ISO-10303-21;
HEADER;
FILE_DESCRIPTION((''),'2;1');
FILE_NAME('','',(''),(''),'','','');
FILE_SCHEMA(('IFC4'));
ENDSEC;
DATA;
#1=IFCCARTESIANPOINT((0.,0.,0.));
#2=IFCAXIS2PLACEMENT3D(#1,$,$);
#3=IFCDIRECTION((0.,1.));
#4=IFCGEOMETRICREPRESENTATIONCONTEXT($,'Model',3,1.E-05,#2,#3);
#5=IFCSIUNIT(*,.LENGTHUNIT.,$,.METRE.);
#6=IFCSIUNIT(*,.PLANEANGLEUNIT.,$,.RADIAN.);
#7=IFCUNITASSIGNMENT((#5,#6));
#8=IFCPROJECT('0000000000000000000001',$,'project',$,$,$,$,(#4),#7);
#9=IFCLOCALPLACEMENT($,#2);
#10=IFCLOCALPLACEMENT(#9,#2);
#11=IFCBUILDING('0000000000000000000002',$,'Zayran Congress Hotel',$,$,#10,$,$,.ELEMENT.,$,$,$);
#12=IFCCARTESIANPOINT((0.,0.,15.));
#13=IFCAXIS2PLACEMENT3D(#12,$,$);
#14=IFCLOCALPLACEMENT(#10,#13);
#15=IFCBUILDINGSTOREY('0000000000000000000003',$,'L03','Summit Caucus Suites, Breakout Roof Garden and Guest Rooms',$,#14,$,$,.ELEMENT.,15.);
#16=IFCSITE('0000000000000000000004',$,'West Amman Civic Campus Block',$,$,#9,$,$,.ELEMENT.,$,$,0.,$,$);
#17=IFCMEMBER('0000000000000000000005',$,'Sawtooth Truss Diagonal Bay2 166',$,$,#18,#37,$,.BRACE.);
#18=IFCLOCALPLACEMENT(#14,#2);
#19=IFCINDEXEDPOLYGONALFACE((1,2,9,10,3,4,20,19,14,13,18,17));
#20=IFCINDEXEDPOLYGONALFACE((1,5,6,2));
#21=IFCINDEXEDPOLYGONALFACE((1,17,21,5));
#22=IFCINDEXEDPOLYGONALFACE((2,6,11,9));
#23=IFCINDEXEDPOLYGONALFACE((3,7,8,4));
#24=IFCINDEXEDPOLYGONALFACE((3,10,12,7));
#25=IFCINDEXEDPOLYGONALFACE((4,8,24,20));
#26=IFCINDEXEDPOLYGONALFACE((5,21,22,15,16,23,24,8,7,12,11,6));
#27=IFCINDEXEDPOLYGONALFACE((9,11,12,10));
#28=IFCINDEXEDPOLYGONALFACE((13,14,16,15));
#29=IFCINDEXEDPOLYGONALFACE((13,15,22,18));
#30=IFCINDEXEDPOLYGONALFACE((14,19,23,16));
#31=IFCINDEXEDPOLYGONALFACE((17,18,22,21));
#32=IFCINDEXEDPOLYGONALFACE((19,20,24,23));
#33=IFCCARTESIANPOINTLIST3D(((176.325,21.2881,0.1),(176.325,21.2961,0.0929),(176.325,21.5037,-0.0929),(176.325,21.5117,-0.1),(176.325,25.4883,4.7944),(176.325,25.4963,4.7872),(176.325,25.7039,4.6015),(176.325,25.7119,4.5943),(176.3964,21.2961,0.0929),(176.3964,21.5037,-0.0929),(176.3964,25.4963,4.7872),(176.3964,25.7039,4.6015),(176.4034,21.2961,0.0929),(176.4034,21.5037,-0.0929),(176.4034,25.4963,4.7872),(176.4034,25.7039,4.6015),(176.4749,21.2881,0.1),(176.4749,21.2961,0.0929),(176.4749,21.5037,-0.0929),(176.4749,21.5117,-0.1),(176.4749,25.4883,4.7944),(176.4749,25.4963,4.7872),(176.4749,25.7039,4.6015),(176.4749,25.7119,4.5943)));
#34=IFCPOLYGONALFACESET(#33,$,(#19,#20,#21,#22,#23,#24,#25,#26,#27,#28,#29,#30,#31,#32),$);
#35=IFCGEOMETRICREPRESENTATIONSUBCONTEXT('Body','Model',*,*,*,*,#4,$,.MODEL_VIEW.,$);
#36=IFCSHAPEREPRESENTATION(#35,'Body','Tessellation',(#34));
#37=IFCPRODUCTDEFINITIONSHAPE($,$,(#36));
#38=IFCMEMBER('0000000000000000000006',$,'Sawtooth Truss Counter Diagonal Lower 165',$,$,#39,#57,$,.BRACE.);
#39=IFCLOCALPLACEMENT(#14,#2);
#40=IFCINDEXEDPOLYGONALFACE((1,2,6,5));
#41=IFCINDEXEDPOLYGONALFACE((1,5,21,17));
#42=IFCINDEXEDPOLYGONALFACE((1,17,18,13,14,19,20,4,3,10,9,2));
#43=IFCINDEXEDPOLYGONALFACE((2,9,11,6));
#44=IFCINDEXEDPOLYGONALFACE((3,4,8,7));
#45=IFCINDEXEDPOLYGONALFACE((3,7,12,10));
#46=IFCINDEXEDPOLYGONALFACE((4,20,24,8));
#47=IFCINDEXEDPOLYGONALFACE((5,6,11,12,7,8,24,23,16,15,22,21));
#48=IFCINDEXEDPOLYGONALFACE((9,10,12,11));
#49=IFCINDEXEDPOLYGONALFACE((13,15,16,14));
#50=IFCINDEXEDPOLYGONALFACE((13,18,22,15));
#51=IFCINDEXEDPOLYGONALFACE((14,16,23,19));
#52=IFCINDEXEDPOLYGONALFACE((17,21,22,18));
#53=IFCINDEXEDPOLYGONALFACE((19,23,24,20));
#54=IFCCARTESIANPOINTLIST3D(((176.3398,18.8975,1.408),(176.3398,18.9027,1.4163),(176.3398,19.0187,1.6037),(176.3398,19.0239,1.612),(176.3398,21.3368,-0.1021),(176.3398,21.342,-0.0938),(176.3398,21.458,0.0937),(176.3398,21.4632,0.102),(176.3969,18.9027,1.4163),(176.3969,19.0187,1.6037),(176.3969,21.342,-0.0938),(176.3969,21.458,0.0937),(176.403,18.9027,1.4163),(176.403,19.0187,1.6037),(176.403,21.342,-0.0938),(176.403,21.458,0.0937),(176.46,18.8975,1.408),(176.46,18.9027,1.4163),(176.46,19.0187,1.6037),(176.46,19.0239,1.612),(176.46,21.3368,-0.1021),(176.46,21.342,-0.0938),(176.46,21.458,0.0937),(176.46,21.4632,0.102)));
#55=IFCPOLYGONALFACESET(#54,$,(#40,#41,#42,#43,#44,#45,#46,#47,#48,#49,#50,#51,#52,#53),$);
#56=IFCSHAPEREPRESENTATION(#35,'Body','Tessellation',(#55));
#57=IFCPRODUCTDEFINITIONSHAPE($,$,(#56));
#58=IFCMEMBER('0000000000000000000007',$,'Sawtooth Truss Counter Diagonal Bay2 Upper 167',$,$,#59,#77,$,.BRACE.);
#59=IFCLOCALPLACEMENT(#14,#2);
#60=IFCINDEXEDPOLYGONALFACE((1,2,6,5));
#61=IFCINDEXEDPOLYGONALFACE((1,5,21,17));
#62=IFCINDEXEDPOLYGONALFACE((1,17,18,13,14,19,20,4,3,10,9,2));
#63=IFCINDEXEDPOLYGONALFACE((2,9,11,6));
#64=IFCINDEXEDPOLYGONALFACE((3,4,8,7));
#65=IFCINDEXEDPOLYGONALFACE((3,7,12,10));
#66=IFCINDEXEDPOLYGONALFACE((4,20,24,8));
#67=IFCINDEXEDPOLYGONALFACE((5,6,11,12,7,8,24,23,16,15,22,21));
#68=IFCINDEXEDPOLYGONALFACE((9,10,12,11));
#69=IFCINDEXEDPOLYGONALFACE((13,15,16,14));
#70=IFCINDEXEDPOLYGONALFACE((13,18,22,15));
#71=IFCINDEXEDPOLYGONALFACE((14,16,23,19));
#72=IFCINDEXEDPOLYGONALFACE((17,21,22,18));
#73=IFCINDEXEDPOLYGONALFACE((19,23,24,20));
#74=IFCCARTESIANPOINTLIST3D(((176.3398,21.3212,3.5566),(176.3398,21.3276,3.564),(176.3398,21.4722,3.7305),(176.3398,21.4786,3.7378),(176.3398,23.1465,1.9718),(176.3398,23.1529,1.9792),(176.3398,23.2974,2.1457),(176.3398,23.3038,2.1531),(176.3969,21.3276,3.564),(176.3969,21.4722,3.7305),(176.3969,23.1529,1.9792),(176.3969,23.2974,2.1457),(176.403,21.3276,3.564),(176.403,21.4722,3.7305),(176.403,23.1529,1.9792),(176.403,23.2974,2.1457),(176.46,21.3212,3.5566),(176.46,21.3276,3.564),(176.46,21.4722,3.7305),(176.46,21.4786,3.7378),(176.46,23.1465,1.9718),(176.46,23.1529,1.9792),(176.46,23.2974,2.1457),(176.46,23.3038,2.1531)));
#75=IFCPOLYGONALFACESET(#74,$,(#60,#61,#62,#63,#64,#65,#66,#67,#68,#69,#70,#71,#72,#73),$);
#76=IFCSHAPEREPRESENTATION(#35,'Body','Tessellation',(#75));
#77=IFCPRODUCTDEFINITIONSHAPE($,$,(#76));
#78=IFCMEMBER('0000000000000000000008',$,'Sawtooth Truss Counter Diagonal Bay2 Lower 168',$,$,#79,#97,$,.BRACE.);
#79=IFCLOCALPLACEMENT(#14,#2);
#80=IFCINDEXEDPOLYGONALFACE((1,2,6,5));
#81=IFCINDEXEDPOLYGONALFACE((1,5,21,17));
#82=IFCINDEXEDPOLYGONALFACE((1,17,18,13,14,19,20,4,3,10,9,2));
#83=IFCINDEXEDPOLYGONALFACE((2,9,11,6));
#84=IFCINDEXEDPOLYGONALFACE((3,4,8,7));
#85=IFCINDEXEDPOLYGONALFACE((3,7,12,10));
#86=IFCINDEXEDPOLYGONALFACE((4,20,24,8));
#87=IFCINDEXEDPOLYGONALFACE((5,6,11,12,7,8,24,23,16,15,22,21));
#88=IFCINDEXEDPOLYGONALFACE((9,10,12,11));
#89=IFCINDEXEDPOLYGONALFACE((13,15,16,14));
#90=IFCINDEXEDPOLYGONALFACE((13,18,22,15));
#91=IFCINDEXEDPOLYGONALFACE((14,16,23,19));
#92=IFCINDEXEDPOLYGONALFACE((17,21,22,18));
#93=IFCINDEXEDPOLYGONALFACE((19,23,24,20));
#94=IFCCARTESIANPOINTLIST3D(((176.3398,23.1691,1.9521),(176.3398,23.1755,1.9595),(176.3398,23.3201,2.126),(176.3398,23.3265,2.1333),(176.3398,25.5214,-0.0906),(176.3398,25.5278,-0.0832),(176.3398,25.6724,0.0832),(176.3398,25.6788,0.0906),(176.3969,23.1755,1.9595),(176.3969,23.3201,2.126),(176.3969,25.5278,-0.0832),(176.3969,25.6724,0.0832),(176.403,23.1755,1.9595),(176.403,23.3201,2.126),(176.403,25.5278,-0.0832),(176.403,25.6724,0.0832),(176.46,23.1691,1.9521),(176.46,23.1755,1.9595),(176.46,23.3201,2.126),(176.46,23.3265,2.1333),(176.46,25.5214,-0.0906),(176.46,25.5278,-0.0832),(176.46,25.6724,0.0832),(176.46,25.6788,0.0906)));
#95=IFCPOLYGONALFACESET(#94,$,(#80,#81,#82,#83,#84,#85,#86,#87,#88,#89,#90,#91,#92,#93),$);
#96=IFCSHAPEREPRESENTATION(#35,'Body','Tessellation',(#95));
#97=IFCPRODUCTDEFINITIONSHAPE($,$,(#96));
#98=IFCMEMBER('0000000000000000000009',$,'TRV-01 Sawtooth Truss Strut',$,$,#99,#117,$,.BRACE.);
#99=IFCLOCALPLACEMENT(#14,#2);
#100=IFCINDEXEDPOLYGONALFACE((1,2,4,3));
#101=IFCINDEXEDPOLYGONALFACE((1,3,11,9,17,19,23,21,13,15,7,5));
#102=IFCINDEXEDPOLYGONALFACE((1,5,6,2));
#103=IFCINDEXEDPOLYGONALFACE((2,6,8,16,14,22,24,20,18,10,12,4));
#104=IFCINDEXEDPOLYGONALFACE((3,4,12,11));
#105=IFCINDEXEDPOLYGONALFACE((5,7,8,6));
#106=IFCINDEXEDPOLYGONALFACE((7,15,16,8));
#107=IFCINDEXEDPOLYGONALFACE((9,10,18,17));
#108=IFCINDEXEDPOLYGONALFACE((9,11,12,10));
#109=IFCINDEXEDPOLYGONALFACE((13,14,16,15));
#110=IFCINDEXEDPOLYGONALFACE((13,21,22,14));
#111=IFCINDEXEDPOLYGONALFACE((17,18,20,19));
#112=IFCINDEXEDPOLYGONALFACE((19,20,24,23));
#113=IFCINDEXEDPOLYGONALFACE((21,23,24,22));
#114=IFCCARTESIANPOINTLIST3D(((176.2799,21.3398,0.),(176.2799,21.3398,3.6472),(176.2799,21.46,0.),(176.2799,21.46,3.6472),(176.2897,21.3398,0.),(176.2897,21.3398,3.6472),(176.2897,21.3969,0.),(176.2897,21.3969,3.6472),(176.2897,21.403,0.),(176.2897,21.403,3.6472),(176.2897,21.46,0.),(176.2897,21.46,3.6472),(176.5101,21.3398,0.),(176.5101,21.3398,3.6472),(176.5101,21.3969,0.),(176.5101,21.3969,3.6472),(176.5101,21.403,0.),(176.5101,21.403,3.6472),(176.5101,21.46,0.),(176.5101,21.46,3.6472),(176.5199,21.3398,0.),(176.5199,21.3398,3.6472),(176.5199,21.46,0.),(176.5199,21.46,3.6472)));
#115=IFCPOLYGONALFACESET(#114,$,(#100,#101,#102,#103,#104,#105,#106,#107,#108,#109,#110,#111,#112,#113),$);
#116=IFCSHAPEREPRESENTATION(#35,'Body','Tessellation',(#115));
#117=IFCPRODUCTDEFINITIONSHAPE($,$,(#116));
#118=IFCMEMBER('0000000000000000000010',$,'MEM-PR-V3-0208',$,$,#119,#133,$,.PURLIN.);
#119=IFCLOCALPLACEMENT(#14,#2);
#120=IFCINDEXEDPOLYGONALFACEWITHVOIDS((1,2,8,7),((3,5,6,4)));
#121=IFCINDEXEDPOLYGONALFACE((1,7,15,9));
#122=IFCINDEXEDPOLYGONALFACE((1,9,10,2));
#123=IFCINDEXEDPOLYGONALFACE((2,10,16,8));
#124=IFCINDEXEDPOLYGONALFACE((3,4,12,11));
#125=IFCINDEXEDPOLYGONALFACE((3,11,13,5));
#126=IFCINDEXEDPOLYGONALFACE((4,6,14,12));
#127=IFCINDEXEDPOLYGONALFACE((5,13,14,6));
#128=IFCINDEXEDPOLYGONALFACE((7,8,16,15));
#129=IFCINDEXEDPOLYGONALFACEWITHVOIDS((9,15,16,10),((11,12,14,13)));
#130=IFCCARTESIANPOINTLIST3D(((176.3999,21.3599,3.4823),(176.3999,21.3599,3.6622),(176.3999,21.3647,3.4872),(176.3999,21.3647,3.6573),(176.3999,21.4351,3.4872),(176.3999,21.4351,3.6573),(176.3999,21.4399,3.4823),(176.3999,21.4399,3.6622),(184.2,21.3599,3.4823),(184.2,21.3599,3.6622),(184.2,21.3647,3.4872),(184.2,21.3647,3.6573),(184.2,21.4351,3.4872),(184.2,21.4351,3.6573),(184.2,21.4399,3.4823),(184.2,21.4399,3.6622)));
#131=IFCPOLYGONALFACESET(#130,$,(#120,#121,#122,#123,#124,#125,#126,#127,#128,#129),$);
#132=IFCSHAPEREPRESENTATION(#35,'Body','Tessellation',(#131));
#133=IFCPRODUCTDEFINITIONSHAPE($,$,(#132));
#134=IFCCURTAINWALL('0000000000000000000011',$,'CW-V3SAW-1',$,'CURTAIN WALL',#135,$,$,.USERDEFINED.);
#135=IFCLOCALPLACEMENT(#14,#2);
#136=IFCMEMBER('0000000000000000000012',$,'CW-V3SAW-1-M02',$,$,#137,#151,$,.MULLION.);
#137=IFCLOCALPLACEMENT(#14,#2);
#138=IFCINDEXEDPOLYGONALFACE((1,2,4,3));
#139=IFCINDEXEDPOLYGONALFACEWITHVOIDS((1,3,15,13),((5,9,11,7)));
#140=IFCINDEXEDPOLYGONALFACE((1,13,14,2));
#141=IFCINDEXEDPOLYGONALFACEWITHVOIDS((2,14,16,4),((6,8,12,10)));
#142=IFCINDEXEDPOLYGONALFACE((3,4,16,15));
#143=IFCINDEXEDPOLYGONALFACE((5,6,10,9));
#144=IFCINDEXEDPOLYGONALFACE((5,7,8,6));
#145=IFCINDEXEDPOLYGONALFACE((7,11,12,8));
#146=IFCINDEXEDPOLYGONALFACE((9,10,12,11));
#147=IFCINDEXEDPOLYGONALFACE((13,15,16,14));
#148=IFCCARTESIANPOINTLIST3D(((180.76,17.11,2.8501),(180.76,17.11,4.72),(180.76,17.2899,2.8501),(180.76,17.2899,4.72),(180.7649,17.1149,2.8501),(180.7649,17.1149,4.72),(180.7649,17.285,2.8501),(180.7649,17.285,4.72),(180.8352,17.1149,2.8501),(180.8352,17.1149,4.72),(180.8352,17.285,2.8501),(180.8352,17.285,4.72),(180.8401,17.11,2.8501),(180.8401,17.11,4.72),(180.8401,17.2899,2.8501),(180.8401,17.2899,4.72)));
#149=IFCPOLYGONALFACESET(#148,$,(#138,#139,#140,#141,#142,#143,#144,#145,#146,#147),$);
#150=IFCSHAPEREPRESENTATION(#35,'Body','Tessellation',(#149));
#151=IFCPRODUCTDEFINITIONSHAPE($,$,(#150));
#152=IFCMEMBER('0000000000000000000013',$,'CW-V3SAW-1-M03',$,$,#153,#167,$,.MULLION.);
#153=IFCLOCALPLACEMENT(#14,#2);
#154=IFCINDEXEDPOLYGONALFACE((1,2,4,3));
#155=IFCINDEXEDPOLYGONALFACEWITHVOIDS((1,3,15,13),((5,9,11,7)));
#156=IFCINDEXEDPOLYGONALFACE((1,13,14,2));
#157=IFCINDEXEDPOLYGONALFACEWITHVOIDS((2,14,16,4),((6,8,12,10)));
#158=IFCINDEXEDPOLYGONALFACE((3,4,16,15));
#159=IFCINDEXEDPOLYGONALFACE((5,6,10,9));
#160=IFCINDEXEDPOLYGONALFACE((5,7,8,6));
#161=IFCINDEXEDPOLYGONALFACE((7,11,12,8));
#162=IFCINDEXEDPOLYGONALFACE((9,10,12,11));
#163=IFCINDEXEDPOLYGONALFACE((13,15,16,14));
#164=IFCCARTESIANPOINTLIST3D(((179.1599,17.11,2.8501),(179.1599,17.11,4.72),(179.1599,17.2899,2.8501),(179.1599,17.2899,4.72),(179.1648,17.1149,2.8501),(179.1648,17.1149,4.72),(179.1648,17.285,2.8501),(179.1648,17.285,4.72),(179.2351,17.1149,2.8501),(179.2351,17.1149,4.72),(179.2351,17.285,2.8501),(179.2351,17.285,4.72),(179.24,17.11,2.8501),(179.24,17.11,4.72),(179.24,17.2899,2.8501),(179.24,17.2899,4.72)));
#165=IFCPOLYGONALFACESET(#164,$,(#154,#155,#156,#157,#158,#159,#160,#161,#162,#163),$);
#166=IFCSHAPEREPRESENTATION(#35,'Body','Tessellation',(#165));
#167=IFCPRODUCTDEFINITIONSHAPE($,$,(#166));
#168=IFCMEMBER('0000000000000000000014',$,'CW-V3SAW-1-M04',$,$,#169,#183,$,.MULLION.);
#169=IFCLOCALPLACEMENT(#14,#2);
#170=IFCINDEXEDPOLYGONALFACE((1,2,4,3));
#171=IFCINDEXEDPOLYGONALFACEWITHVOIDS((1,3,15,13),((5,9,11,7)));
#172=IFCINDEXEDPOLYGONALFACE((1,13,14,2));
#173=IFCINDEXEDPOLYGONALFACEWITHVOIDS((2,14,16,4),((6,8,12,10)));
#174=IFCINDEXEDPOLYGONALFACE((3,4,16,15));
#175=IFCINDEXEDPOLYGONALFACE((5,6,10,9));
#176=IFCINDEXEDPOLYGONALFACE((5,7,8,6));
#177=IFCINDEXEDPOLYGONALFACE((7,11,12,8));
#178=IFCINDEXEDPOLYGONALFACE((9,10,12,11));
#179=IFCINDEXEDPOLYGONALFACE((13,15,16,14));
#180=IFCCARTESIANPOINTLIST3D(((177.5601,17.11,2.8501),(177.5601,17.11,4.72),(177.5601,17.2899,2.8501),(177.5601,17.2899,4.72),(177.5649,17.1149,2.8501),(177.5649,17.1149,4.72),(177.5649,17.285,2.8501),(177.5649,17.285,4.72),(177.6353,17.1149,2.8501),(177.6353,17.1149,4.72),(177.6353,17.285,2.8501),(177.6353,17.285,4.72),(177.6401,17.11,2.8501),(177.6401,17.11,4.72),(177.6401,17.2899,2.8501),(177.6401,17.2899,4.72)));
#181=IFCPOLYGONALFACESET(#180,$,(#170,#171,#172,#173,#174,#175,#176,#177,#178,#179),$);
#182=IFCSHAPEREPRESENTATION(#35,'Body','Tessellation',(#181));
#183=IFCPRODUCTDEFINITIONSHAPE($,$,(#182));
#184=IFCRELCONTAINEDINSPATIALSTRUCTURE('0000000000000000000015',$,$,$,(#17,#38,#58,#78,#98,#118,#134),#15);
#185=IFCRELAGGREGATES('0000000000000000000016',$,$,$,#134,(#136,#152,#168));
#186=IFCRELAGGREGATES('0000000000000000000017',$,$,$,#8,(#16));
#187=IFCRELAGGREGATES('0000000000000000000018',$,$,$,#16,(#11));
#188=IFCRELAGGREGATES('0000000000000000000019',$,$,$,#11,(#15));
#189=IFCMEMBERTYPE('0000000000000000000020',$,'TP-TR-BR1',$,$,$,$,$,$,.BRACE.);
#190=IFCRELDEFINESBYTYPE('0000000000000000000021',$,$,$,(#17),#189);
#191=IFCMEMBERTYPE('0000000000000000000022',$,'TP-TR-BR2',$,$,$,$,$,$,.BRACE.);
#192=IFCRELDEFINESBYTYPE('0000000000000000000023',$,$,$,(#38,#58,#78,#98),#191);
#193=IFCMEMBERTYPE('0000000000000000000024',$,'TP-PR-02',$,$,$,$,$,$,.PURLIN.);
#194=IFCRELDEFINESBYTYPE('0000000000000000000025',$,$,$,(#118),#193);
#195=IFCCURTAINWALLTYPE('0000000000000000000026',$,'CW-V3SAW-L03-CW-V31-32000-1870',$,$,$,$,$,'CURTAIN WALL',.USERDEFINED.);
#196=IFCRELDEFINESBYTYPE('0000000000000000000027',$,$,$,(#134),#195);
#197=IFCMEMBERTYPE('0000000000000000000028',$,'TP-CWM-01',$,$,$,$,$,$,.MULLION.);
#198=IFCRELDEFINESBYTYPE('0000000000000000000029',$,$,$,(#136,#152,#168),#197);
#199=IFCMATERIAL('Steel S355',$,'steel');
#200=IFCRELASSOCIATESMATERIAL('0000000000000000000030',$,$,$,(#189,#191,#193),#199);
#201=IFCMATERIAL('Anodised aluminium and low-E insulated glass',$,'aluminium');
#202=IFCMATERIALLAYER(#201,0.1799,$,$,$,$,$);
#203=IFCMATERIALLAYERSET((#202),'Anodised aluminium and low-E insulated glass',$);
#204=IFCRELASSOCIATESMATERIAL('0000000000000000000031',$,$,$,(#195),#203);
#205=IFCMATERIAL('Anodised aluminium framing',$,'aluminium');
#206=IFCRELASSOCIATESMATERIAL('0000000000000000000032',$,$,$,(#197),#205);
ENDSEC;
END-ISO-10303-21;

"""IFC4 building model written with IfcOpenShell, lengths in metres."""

from ifc_helpers import new_model, si_unit, direction, frame, origin, origin_2d, place, context, subcontext, project, spatial, hollow_rectangle, i_section, extrude, material, layer, layer_set, material_profile, profile_set, type_object, element, aggregate, save


model = new_model("IFC4")

# Units and contexts
model_context = context("Model", 3, precision=1e-05, world=origin(), true_north=direction((0.0, 1.0)))
body_context = subcontext(model_context, "Body", "Model", "MODEL_VIEW")
ifc_project = project(units=[si_unit("LENGTHUNIT", "METRE"), si_unit("PLANEANGLEUNIT", "RADIAN")], contexts=[model_context])

# Site, building, storey
site_placement = place(None, origin())
site = spatial("IfcSite", under=ifc_project, at=site_placement, Name="West Amman Civic Campus Block", CompositionType="ELEMENT", RefElevation=0.0)
building_placement = place(site_placement, origin())
building = spatial("IfcBuilding", under=site, at=building_placement, Name="Zayran Congress Hotel", CompositionType="ELEMENT")
storey_placement = place(building_placement, frame((0.0, 0.0, 15.0)))
storey = spatial("IfcBuildingStorey", under=building, at=storey_placement, Name="L03", Description="Summit Caucus Suites, Breakout Roof Garden and Guest Rooms", CompositionType="ELEMENT", Elevation=15.0)

# Members
ifc_material_1 = material(Name="Steel S355", Category="steel")
ifc_material_profile_1 = material_profile(ifc_material_1, i_section(OverallWidth=0.1499, OverallDepth=0.3, WebThickness=0.0071, FlangeThickness=0.0107, at=origin_2d()), Name="IPE 300")
ifc_profile_set_1 = profile_set([ifc_material_profile_1], Name="Steel S355")
member_type_1 = type_object("IfcMemberType", Name="TP-TR-BR1", PredefinedType="BRACE", material=ifc_profile_set_1)
member_1_placement = place(storey_placement, frame((176.3999, 21.3999, 0.0), z_axis=(0.0, 0.666795, 0.745241), x_axis=(-1.0, 0.0, 0.0)))
element("IfcMember", 1, at=member_1_placement, inside=storey, type_object=member_type_1, Name="Sawtooth Truss Diagonal Bay2 166", PredefinedType="BRACE", context=body_context, shape_type="SweptSolid", body=[
    extrude(i_section(OverallWidth=0.1499, OverallDepth=0.3, WebThickness=0.0071, FlangeThickness=0.0107, at=origin_2d()), origin(), (0.0, 0.0, 1.0), 6.2991),
])
ifc_material_profile_2 = material_profile(ifc_material_1, i_section(OverallWidth=0.1201, OverallDepth=0.24, WebThickness=0.0061, FlangeThickness=0.0098, at=origin_2d()), Name="IPE 240")
ifc_profile_set_2 = profile_set([ifc_material_profile_2], Name="Steel S355")
member_type_2 = type_object("IfcMemberType", Name="TP-TR-BR2", PredefinedType="BRACE", material=ifc_profile_set_2)
member_2_placement = place(storey_placement, frame((176.3999, 18.9607, 1.51), z_axis=(0.0, 0.850262, -0.52636), x_axis=(-1.0, 0.0, 0.0)))
element("IfcMember", 2, at=member_2_placement, inside=storey, type_object=member_type_2, Name="Sawtooth Truss Counter Diagonal Lower 165", PredefinedType="BRACE", context=body_context, shape_type="SweptSolid", body=[
    extrude(i_section(OverallWidth=0.1201, OverallDepth=0.24, WebThickness=0.0061, FlangeThickness=0.0098, at=origin_2d()), origin(), (0.0, 0.0, 1.0), 2.8689),
])
member_3_placement = place(storey_placement, frame((176.3999, 21.3999, 3.6472), z_axis=(0.0, 0.755099, -0.655611), x_axis=(-1.0, 0.0, 0.0)))
element("IfcMember", 3, at=member_3_placement, inside=storey, type_object=member_type_2, Name="Sawtooth Truss Counter Diagonal Bay2 Upper 167", PredefinedType="BRACE", context=body_context, shape_type="SweptSolid", body=[
    extrude(i_section(OverallWidth=0.1201, OverallDepth=0.24, WebThickness=0.0061, FlangeThickness=0.0098, at=origin_2d()), origin(), (0.0, 0.0, 1.0), 2.4172),
])
member_4_placement = place(storey_placement, frame((176.3999, 23.2478, 2.0427), z_axis=(0.0, 0.755042, -0.655676), x_axis=(-1.0, 0.0, 0.0)))
element("IfcMember", 4, at=member_4_placement, inside=storey, type_object=member_type_2, Name="Sawtooth Truss Counter Diagonal Bay2 Lower 168", PredefinedType="BRACE", context=body_context, shape_type="SweptSolid", body=[
    extrude(i_section(OverallWidth=0.1201, OverallDepth=0.24, WebThickness=0.0061, FlangeThickness=0.0098, at=origin_2d()), origin(), (0.0, 0.0, 1.0), 3.1155),
])
member_5_placement = place(storey_placement, frame((176.3999, 21.3999, 0.0), z_axis=(0.0, 0.0, 1.0), x_axis=(0.0, 1.0, 0.0)))
element("IfcMember", 5, at=member_5_placement, inside=storey, type_object=member_type_2, Name="TRV-01 Sawtooth Truss Strut", PredefinedType="BRACE", context=body_context, shape_type="SweptSolid", body=[
    extrude(i_section(OverallWidth=0.1201, OverallDepth=0.24, WebThickness=0.0061, FlangeThickness=0.0098, at=origin_2d()), origin(), (0.0, 0.0, 1.0), 3.6472),
])
ifc_material_profile_3 = material_profile(ifc_material_1, hollow_rectangle(XDim=0.0801, YDim=0.1799, WallThickness=0.0049, at=origin_2d()), Name="RHS 180x80x5")
ifc_profile_set_3 = profile_set([ifc_material_profile_3], Name="Steel S355")
member_type_3 = type_object("IfcMemberType", Name="TP-PR-02", PredefinedType="PURLIN", material=ifc_profile_set_3)
member_6_placement = place(storey_placement, frame((176.3999, 21.3999, 3.5723), z_axis=(1.0, 0.0, 0.0), x_axis=(0.0, 1.0, 0.0)))
element("IfcMember", 6, at=member_6_placement, inside=storey, type_object=member_type_3, Name="MEM-PR-V3-0208", PredefinedType="PURLIN", context=body_context, shape_type="SweptSolid", body=[
    extrude(hollow_rectangle(XDim=0.0801, YDim=0.1799, WallThickness=0.0049, at=origin_2d()), origin(), (0.0, 0.0, 1.0), 7.8),
])

# Curtain wall, members
ifc_material_2 = material(Name="Anodised aluminium and low-E insulated glass", Category="aluminium")
ifc_layer_1 = layer(ifc_material_2, 0.1799)
ifc_layer_set_1 = layer_set([ifc_layer_1], Name="Anodised aluminium and low-E insulated glass")
curtain_wall_type = type_object("IfcCurtainWallType", Name="CW-V3SAW-L03-CW-V31-32000-1870", ElementType="CURTAIN WALL", PredefinedType="USERDEFINED", material=ifc_layer_set_1)
curtain_wall_1_placement = place(storey_placement, origin())
curtain_wall_1 = element("IfcCurtainWall", 7, at=curtain_wall_1_placement, inside=storey, type_object=curtain_wall_type, Name="CW-V3SAW-1", ObjectType="CURTAIN WALL", PredefinedType="USERDEFINED")
ifc_material_3 = material(Name="Anodised aluminium framing", Category="aluminium")
ifc_material_profile_4 = material_profile(ifc_material_3, hollow_rectangle(XDim=0.0801, YDim=0.1799, WallThickness=0.0049, at=origin_2d()), Name="RHS 180x80x5")
ifc_profile_set_4 = profile_set([ifc_material_profile_4], Name="Anodised aluminium framing")
member_type_4 = type_object("IfcMemberType", Name="TP-CWM-01", PredefinedType="MULLION", material=ifc_profile_set_4)
member_7_placement = place(storey_placement, frame((180.8, 17.2, 2.8501), z_axis=(0.0, 0.0, 1.0), x_axis=(1.0, 0.0, 0.0)))
member_7 = element("IfcMember", 8, at=member_7_placement, type_object=member_type_4, Name="CW-V3SAW-1-M02", PredefinedType="MULLION", context=body_context, shape_type="SweptSolid", body=[
    extrude(hollow_rectangle(XDim=0.0801, YDim=0.1799, WallThickness=0.0049, at=origin_2d()), origin(), (0.0, 0.0, 1.0), 1.8699),
])
member_8_placement = place(storey_placement, frame((179.2, 17.2, 2.8501), z_axis=(0.0, 0.0, 1.0), x_axis=(1.0, 0.0, 0.0)))
member_8 = element("IfcMember", 9, at=member_8_placement, type_object=member_type_4, Name="CW-V3SAW-1-M03", PredefinedType="MULLION", context=body_context, shape_type="SweptSolid", body=[
    extrude(hollow_rectangle(XDim=0.0801, YDim=0.1799, WallThickness=0.0049, at=origin_2d()), origin(), (0.0, 0.0, 1.0), 1.8699),
])
member_9_placement = place(storey_placement, frame((177.6001, 17.2, 2.8501), z_axis=(0.0, 0.0, 1.0), x_axis=(1.0, 0.0, 0.0)))
member_9 = element("IfcMember", 10, at=member_9_placement, type_object=member_type_4, Name="CW-V3SAW-1-M04", PredefinedType="MULLION", context=body_context, shape_type="SweptSolid", body=[
    extrude(hollow_rectangle(XDim=0.0801, YDim=0.1799, WallThickness=0.0049, at=origin_2d()), origin(), (0.0, 0.0, 1.0), 1.8699),
])

aggregate(curtain_wall_1, [member_7, member_8, member_9])

save(model, "model.ifc")
